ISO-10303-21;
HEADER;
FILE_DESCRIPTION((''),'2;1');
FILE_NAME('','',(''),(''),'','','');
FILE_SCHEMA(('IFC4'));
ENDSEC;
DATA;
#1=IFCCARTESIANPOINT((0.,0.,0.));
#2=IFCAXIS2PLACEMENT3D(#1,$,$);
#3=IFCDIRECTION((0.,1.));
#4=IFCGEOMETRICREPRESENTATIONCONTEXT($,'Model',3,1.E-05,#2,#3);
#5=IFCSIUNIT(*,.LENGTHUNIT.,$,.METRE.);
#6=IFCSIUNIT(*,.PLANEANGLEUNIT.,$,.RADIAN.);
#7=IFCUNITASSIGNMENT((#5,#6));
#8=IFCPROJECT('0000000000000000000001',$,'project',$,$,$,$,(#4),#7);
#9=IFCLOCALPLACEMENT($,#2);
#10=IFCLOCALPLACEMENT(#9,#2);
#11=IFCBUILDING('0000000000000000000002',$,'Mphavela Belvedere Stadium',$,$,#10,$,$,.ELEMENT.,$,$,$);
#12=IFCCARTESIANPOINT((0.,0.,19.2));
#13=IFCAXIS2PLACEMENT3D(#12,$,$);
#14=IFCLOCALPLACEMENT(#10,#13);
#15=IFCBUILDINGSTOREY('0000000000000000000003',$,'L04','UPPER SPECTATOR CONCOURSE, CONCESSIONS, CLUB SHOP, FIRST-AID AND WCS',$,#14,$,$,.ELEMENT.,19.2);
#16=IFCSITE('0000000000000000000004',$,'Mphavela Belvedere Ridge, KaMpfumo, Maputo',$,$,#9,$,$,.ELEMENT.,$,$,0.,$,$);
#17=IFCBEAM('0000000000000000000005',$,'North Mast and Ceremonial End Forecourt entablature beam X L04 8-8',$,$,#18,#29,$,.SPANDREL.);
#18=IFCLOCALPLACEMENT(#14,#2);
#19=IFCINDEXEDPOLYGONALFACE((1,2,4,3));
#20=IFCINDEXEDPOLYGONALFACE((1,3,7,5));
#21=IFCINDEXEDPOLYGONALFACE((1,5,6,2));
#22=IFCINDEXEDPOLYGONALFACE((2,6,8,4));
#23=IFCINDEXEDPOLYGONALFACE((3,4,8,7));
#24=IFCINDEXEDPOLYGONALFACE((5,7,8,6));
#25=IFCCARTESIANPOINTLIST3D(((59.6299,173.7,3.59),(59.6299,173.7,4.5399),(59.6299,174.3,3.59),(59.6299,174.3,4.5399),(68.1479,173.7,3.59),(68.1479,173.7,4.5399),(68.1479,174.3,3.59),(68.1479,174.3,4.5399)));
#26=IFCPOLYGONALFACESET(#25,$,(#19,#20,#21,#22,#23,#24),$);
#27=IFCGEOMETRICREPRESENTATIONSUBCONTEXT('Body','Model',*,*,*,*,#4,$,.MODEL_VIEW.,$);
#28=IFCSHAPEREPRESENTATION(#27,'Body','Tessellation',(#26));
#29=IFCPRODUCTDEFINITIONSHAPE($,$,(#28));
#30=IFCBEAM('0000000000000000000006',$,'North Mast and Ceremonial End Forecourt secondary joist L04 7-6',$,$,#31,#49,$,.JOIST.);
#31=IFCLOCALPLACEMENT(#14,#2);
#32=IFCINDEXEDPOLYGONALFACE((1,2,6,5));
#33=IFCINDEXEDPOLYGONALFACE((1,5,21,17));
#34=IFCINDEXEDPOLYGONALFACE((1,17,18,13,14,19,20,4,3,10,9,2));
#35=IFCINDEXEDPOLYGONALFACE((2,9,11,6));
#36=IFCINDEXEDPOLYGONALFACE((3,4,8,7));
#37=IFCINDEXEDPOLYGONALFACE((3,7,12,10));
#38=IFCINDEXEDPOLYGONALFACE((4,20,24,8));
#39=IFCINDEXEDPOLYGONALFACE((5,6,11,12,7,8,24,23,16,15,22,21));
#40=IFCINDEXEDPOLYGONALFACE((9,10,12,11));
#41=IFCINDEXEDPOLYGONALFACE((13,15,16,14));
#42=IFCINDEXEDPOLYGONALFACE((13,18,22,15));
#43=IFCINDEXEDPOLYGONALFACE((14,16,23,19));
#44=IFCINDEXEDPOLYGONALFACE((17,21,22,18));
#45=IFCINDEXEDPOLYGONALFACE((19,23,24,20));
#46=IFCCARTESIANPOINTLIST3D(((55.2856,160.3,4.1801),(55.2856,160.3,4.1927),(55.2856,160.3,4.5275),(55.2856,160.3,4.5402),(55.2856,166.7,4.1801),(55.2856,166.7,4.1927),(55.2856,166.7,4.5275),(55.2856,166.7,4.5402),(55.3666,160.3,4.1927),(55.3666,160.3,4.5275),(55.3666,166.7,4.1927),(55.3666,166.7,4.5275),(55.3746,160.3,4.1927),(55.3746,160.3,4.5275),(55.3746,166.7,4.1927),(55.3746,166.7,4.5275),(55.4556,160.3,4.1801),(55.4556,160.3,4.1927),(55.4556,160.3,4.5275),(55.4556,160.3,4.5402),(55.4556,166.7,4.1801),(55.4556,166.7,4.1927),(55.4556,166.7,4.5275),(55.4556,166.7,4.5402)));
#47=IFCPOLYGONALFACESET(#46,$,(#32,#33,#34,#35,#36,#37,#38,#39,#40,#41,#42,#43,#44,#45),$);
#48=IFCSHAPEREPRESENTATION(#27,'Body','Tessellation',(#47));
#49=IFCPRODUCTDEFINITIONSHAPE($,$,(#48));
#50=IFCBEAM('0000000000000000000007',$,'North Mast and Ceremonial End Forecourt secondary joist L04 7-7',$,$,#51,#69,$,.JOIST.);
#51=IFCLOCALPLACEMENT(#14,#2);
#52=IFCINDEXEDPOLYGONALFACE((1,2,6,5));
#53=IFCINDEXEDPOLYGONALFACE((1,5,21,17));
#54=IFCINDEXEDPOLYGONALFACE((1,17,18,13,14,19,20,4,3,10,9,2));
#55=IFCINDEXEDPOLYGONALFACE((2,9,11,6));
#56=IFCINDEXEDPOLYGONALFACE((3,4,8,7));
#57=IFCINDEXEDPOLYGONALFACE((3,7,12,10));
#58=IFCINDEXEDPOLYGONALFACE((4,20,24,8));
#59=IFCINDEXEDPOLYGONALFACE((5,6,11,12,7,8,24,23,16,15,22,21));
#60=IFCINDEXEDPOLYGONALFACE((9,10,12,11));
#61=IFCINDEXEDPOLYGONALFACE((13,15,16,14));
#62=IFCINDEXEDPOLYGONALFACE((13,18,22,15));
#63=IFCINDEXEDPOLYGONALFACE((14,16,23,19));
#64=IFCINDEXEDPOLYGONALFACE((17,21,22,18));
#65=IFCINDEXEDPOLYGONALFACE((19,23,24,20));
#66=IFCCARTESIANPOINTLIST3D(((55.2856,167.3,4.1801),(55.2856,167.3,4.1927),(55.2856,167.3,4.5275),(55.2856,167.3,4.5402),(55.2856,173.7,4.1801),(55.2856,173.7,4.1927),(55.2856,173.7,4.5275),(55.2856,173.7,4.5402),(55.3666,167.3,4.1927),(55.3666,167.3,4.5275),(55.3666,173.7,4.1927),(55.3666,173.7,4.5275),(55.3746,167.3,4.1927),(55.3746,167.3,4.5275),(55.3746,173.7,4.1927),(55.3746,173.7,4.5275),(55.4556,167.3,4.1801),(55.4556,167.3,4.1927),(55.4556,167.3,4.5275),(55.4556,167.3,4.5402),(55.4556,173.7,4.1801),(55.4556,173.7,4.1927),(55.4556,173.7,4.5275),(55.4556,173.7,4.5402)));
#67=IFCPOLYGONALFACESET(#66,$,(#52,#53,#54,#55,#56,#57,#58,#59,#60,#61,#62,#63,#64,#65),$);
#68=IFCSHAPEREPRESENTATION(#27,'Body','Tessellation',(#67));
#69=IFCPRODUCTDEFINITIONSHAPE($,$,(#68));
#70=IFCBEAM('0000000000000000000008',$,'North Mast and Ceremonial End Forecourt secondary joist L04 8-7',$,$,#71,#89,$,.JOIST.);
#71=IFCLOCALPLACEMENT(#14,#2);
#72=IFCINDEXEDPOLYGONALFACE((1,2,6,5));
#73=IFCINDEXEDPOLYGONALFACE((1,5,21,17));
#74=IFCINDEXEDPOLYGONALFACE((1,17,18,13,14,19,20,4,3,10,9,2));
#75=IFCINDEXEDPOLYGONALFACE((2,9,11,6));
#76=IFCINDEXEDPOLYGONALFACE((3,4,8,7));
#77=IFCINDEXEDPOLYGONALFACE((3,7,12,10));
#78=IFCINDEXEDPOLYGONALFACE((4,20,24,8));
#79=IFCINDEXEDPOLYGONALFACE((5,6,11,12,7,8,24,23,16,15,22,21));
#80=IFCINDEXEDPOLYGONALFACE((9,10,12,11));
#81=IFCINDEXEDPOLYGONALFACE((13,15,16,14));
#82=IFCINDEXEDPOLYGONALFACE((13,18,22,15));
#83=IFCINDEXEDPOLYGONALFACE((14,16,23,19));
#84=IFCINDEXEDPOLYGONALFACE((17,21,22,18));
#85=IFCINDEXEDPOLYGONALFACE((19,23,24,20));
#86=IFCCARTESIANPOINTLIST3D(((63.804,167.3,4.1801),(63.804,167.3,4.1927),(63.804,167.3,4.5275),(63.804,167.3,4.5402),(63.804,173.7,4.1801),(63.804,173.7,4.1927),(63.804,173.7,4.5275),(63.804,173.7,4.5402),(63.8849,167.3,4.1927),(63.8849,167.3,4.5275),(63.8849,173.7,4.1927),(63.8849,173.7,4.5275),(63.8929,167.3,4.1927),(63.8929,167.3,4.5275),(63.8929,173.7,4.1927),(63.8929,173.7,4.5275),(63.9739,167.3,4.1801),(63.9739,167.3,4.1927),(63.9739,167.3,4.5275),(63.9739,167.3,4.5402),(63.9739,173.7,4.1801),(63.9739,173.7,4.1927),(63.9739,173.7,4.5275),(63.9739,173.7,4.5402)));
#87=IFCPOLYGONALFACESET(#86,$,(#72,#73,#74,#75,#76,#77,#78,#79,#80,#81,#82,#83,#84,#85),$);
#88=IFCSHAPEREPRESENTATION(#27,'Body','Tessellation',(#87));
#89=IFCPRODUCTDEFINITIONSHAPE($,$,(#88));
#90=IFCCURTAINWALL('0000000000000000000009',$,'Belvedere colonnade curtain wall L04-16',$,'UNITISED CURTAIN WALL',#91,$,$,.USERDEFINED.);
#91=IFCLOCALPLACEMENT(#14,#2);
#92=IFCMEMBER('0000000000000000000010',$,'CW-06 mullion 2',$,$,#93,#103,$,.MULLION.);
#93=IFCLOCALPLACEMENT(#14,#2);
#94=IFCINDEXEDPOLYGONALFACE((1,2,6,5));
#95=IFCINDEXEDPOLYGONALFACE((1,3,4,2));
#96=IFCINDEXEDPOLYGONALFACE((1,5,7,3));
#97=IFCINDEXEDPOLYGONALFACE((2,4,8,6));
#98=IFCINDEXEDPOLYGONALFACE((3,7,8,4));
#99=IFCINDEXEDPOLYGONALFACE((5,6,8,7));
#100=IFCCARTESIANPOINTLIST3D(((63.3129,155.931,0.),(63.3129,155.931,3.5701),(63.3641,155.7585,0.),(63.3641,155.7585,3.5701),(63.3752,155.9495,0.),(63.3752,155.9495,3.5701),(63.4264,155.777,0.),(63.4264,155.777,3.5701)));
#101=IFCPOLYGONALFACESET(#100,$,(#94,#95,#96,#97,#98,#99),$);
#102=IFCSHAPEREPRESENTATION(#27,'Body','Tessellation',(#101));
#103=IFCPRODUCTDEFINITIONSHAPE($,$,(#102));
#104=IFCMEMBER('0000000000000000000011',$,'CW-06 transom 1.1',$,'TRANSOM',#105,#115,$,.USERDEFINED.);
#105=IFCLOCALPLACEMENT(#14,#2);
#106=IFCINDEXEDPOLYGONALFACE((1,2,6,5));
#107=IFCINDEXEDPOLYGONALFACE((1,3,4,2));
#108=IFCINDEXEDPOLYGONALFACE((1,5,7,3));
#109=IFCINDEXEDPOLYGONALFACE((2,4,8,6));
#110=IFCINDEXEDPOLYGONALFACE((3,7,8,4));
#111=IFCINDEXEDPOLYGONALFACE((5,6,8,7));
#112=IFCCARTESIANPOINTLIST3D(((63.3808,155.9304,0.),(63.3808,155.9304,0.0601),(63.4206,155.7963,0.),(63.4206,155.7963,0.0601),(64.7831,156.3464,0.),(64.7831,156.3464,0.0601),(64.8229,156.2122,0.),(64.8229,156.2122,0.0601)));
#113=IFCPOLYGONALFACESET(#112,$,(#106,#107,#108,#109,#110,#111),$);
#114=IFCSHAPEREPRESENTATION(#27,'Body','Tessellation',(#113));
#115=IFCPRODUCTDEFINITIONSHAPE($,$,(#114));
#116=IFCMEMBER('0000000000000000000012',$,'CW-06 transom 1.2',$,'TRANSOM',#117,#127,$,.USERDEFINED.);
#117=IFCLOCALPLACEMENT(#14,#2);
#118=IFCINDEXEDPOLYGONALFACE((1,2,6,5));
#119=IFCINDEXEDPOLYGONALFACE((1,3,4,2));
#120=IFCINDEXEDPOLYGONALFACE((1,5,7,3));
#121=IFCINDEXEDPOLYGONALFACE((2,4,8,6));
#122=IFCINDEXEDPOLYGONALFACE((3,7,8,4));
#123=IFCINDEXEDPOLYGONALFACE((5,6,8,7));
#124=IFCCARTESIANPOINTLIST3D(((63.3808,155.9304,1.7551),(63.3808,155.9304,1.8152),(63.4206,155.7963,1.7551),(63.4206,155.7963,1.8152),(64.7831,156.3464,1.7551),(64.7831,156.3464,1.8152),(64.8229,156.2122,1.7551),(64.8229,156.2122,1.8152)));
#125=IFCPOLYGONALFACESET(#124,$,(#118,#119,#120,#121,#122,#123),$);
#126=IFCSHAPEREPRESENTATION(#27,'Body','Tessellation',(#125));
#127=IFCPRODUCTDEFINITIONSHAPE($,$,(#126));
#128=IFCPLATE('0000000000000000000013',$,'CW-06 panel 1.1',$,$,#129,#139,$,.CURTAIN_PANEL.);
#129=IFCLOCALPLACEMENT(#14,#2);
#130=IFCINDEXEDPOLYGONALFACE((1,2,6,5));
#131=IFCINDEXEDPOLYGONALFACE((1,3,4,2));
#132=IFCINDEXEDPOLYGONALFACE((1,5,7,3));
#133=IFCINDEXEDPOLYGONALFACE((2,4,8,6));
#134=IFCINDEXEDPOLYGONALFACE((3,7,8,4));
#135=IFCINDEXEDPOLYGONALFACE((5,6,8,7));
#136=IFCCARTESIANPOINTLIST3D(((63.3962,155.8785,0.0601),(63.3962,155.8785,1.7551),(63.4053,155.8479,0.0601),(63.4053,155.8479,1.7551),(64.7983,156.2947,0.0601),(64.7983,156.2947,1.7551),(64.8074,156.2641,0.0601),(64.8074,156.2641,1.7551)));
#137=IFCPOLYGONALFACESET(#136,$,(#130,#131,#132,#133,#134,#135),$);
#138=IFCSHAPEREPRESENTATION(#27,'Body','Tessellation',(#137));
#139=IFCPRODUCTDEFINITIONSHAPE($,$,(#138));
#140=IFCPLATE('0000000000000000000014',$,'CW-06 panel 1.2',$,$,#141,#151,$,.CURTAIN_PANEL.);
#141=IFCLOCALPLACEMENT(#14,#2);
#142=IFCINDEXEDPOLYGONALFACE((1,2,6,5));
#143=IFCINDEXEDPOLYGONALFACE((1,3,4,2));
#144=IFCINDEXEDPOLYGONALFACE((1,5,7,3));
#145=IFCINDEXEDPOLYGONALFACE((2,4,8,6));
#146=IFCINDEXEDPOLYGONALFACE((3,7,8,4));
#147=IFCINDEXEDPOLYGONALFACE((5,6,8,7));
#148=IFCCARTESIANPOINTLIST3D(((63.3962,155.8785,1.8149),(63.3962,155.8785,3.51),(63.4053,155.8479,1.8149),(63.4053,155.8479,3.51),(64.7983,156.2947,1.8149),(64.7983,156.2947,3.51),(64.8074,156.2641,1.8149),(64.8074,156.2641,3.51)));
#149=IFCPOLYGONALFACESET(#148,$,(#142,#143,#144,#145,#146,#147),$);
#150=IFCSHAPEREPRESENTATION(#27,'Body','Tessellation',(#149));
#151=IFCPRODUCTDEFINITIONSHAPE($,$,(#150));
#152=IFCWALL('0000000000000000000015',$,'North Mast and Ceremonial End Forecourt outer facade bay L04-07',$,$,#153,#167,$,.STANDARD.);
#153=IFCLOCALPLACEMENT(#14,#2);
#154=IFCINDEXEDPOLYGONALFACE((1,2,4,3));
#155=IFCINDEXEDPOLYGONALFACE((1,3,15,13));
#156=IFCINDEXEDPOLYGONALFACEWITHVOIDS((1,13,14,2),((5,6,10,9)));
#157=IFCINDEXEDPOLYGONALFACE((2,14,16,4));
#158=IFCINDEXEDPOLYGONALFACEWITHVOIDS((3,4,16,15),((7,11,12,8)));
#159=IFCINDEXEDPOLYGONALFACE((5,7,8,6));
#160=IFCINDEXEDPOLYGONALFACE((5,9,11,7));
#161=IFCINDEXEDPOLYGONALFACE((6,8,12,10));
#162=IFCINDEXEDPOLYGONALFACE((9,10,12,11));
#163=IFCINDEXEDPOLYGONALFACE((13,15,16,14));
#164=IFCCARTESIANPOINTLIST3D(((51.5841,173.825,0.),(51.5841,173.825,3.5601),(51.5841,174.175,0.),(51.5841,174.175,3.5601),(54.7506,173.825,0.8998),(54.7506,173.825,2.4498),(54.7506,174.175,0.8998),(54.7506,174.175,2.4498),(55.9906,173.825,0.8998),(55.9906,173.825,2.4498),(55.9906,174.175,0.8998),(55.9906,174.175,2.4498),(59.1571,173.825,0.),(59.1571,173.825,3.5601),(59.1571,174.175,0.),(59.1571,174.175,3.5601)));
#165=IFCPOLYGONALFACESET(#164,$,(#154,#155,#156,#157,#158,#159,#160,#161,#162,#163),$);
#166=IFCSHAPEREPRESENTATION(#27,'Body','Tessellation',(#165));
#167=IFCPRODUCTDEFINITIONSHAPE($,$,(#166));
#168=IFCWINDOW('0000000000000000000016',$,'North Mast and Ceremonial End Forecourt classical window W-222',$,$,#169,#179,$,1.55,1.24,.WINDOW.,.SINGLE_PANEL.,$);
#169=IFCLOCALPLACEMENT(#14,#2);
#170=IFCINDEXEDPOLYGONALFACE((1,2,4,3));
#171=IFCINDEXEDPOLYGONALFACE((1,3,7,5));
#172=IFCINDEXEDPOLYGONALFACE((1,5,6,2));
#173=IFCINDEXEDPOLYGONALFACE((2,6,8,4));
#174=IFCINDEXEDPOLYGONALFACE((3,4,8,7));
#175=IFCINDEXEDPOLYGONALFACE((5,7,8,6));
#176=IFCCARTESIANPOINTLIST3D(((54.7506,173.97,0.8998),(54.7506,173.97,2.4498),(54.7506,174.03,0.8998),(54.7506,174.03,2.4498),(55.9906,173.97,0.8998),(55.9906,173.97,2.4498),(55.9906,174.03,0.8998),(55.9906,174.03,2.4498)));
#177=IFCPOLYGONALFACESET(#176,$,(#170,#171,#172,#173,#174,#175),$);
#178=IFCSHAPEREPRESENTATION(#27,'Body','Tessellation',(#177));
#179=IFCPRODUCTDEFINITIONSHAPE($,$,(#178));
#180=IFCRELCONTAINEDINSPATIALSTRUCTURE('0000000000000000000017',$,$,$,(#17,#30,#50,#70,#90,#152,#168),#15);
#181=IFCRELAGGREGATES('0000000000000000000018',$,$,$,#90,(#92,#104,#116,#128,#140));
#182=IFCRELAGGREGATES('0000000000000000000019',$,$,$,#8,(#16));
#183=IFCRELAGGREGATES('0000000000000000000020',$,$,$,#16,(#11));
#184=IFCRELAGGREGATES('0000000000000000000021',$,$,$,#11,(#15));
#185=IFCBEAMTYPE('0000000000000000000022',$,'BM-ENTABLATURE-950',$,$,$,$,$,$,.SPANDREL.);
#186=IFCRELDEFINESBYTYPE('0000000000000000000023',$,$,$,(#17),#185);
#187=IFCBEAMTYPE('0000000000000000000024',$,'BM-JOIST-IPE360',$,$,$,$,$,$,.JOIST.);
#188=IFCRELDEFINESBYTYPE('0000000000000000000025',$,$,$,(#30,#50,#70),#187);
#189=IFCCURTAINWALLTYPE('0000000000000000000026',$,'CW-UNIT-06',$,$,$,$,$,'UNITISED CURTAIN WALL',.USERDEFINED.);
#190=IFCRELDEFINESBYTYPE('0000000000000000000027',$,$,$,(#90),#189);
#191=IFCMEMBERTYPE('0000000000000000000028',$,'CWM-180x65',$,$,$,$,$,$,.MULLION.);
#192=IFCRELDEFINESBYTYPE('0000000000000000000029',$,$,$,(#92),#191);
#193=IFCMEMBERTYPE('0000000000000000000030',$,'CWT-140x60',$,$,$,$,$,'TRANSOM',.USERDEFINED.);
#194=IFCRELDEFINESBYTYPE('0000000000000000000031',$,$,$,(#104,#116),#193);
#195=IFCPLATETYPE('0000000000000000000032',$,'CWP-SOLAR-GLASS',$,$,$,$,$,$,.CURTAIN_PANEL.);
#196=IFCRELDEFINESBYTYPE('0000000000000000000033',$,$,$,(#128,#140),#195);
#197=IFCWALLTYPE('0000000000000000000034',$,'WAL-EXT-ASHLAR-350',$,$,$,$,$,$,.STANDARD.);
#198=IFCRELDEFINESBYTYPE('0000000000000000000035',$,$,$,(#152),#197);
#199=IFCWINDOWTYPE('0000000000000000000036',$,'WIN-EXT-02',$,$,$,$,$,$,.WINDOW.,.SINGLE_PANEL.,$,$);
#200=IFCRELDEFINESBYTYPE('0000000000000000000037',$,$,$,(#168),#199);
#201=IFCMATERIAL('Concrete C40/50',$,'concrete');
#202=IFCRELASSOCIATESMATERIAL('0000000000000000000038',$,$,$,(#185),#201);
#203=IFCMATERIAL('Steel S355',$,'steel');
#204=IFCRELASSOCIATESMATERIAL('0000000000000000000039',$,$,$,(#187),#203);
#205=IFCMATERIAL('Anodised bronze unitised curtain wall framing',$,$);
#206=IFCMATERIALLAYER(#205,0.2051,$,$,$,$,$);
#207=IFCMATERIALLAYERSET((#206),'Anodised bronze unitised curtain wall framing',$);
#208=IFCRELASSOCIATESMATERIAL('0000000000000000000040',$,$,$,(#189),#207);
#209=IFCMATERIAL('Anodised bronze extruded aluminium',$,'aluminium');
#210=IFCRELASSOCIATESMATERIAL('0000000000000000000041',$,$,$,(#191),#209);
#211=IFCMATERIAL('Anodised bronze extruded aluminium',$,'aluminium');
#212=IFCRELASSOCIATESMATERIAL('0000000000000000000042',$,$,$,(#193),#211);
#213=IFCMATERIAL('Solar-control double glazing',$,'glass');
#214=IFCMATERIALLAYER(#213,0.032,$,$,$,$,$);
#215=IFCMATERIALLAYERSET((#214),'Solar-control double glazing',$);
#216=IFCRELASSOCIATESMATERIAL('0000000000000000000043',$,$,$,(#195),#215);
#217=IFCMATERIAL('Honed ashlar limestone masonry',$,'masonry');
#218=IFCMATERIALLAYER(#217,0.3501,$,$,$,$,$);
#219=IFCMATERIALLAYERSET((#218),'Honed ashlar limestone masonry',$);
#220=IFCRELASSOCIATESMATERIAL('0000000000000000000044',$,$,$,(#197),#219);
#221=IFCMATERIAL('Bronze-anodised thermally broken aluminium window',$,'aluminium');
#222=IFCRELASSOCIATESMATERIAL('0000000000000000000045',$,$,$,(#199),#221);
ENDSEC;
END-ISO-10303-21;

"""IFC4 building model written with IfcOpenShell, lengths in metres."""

from ifc_helpers import new_model, si_unit, direction, frame, frame_2d, origin, origin_2d, place, context, subcontext, project, spatial, rectangle, i_section, extrude, material, layer, layer_set, material_profile, profile_set, type_object, element, fill, aggregate, save


model = new_model("IFC4")

# Units and contexts
model_context = context("Model", 3, precision=1e-05, world=origin(), true_north=direction((0.0, 1.0)))
body_context = subcontext(model_context, "Body", "Model", "MODEL_VIEW")
ifc_project = project(units=[si_unit("LENGTHUNIT", "METRE"), si_unit("PLANEANGLEUNIT", "RADIAN")], contexts=[model_context])

# Site, building, storey
site_placement = place(None, origin())
site = spatial("IfcSite", under=ifc_project, at=site_placement, Name="Mphavela Belvedere Ridge, KaMpfumo, Maputo", CompositionType="ELEMENT", RefElevation=0.0)
building_placement = place(site_placement, origin())
building = spatial("IfcBuilding", under=site, at=building_placement, Name="Mphavela Belvedere Stadium", CompositionType="ELEMENT")
storey_placement = place(building_placement, frame((0.0, 0.0, 19.2)))
storey = spatial("IfcBuildingStorey", under=building, at=storey_placement, Name="L04", Description="UPPER SPECTATOR CONCOURSE, CONCESSIONS, CLUB SHOP, FIRST-AID AND WCS", CompositionType="ELEMENT", Elevation=19.2)

# Beams
ifc_material_1 = material(Name="Concrete C40/50", Category="concrete")
ifc_material_profile_1 = material_profile(ifc_material_1, rectangle(XDim=0.6001, YDim=0.95, at=origin_2d()), Name="RC 600x950")
ifc_profile_set_1 = profile_set([ifc_material_profile_1], Name="Concrete C40/50")
beam_type_1 = type_object("IfcBeamType", Name="BM-ENTABLATURE-950", PredefinedType="SPANDREL", material=ifc_profile_set_1)
beam_1_placement = place(storey_placement, frame((59.6299, 174.0, 4.0649), z_axis=(1.0, 0.0, 0.0), x_axis=(0.0, 1.0, 0.0)))
element("IfcBeam", 1, at=beam_1_placement, inside=storey, type_object=beam_type_1, Name="North Mast and Ceremonial End Forecourt entablature beam X L04 8-8", PredefinedType="SPANDREL", context=body_context, shape_type="SweptSolid", body=[
    extrude(rectangle(XDim=0.6001, YDim=0.95, at=origin_2d()), origin(), (0.0, 0.0, 1.0), 8.5181),
])
ifc_material_2 = material(Name="Steel S355", Category="steel")
ifc_material_profile_2 = material_profile(ifc_material_2, i_section(OverallWidth=0.1699, OverallDepth=0.3601, WebThickness=0.0081, FlangeThickness=0.0127, at=origin_2d()), Name="IPE 360")
ifc_profile_set_2 = profile_set([ifc_material_profile_2], Name="Steel S355")
beam_type_2 = type_object("IfcBeamType", Name="BM-JOIST-IPE360", PredefinedType="JOIST", material=ifc_profile_set_2)
for number, where, z_axis, x_axis, name in (
    (2, (55.3706, 160.3, 4.3601), (0.0, 1.0, 0.0), (-1.0, 0.0, 0.0), "North Mast and Ceremonial End Forecourt secondary joist L04 7-6"),
    (3, (55.3706, 167.3, 4.3601), (0.0, 1.0, 0.0), (-1.0, 0.0, 0.0), "North Mast and Ceremonial End Forecourt secondary joist L04 7-7"),
    (4, (63.8889, 167.3, 4.3601), (0.0, 1.0, 0.0), (-1.0, 0.0, 0.0), "North Mast and Ceremonial End Forecourt secondary joist L04 8-7"),
):
    element("IfcBeam", number, at=place(storey_placement, frame(where, z_axis=z_axis, x_axis=x_axis)), inside=storey, type_object=beam_type_2, Name=name, PredefinedType="JOIST", context=body_context, shape_type="SweptSolid", body=[
        extrude(i_section(OverallWidth=0.1699, OverallDepth=0.3601, WebThickness=0.0081, FlangeThickness=0.0127, at=origin_2d()), origin(), (0.0, 0.0, 1.0), 6.3999),
    ])

# Curtain wall, members, plates
ifc_material_3 = material(Name="Anodised bronze unitised curtain wall framing")
ifc_layer_1 = layer(ifc_material_3, 0.2051)
ifc_layer_set_1 = layer_set([ifc_layer_1], Name="Anodised bronze unitised curtain wall framing")
curtain_wall_type = type_object("IfcCurtainWallType", Name="CW-UNIT-06", ElementType="UNITISED CURTAIN WALL", PredefinedType="USERDEFINED", material=ifc_layer_set_1)
curtain_wall_placement = place(storey_placement, origin())
curtain_wall = element("IfcCurtainWall", 5, at=curtain_wall_placement, inside=storey, type_object=curtain_wall_type, Name="Belvedere colonnade curtain wall L04-16", ObjectType="UNITISED CURTAIN WALL", PredefinedType="USERDEFINED")
ifc_material_4 = material(Name="Anodised bronze extruded aluminium", Category="aluminium")
ifc_material_profile_3 = material_profile(ifc_material_4, rectangle(XDim=0.1799, YDim=0.0649, at=origin_2d()), Name="CW-MUL 180x65")
ifc_profile_set_3 = profile_set([ifc_material_profile_3], Name="Anodised bronze extruded aluminium")
member_type_1 = type_object("IfcMemberType", Name="CWM-180x65", PredefinedType="MULLION", material=ifc_profile_set_3)
member_1_placement = place(storey_placement, frame((63.3696, 155.854, 0.0), z_axis=(0.0, 0.0, 1.0), x_axis=(0.284561, -0.958658, 0.0)))
member_1 = element("IfcMember", 6, at=member_1_placement, type_object=member_type_1, Name="CW-06 mullion 2", PredefinedType="MULLION", context=body_context, shape_type="SweptSolid", body=[
    extrude(rectangle(XDim=0.1799, YDim=0.0649, at=origin_2d()), origin(), (0.0, 0.0, 1.0), 3.5701),
])
ifc_material_5 = material(Name="Anodised bronze extruded aluminium", Category="aluminium")
ifc_material_profile_4 = material_profile(ifc_material_5, rectangle(XDim=0.1399, YDim=0.0601, at=origin_2d()), Name="CW-TRN 140x60")
ifc_profile_set_4 = profile_set([ifc_material_profile_4], Name="Anodised bronze extruded aluminium")
member_type_2 = type_object("IfcMemberType", Name="CWT-140x60", ElementType="TRANSOM", PredefinedType="USERDEFINED", material=ifc_profile_set_4)
member_2_placement = place(storey_placement, frame((64.803, 156.2793, 0.03), z_axis=(-0.958704, -0.284407, 0.0), x_axis=(0.284407, -0.958704, 0.0)))
member_2 = element("IfcMember", 7, at=member_2_placement, type_object=member_type_2, Name="CW-06 transom 1.1", ObjectType="TRANSOM", PredefinedType="USERDEFINED", context=body_context, shape_type="SweptSolid", body=[
    extrude(rectangle(XDim=0.1399, YDim=0.0601, at=origin_2d()), origin(), (0.0, 0.0, 1.0), 1.4626),
])
member_3_placement = place(storey_placement, frame((64.803, 156.2793, 1.7852), z_axis=(-0.958704, -0.284407, 0.0), x_axis=(0.284407, -0.958704, 0.0)))
member_3 = element("IfcMember", 8, at=member_3_placement, type_object=member_type_2, Name="CW-06 transom 1.2", ObjectType="TRANSOM", PredefinedType="USERDEFINED", context=body_context, shape_type="SweptSolid", body=[
    extrude(rectangle(XDim=0.1399, YDim=0.0601, at=origin_2d()), origin(), (0.0, 0.0, 1.0), 1.4626),
])
ifc_material_6 = material(Name="Solar-control double glazing", Category="glass")
ifc_layer_2 = layer(ifc_material_6, 0.032)
ifc_layer_set_2 = layer_set([ifc_layer_2], Name="Solar-control double glazing")
plate_type = type_object("IfcPlateType", Name="CWP-SOLAR-GLASS", PredefinedType="CURTAIN_PANEL", material=ifc_layer_set_2)
plate_1_placement = place(storey_placement, frame((64.1018, 156.0713, 0.0601), z_axis=(0.0, 0.0, 1.0), x_axis=(-0.958658, -0.284561, 0.0)))
plate_1 = element("IfcPlate", 9, at=plate_1_placement, type_object=plate_type, Name="CW-06 panel 1.1", PredefinedType="CURTAIN_PANEL", context=body_context, shape_type="SweptSolid", body=[
    extrude(rectangle(XDim=1.4626, YDim=0.032, at=origin_2d()), origin(), (0.0, 0.0, 1.0), 1.6951),
])
plate_2_placement = place(storey_placement, frame((64.1018, 156.0713, 1.8149), z_axis=(0.0, 0.0, 1.0), x_axis=(-0.958658, -0.284561, 0.0)))
plate_2 = element("IfcPlate", 10, at=plate_2_placement, type_object=plate_type, Name="CW-06 panel 1.2", PredefinedType="CURTAIN_PANEL", context=body_context, shape_type="SweptSolid", body=[
    extrude(rectangle(XDim=1.4626, YDim=0.032, at=origin_2d()), origin(), (0.0, 0.0, 1.0), 1.6951),
])
aggregate(curtain_wall, [member_1, member_2, member_3, plate_1, plate_2])

# Wall, opening, window
ifc_material_7 = material(Name="Honed ashlar limestone masonry", Category="masonry")
ifc_layer_3 = layer(ifc_material_7, 0.3501)
ifc_layer_set_3 = layer_set([ifc_layer_3], Name="Honed ashlar limestone masonry")
wall_type_1 = type_object("IfcWallType", Name="WAL-EXT-ASHLAR-350", PredefinedType="STANDARD", material=ifc_layer_set_3)
wall_1_placement = place(storey_placement, frame((51.584, 174.0, 0.0), z_axis=(0.0, 0.0, 1.0), x_axis=(1.0, 0.0, 0.0)))
wall_1 = element("IfcWall", 11, at=wall_1_placement, inside=storey, type_object=wall_type_1, Name="North Mast and Ceremonial End Forecourt outer facade bay L04-07", PredefinedType="STANDARD", context=body_context, shape_type="SweptSolid", body=[
    extrude(rectangle(XDim=7.573, YDim=0.3501, at=frame_2d((3.7866, 0.0))), origin(), (0.0, 0.0, 1.0), 3.5601),
])
opening_1_placement = place(wall_1_placement, frame((3.1665, 0.0, 0.8999)))
opening_1 = element("IfcOpeningElement", 12, at=opening_1_placement, cuts=wall_1, PredefinedType="OPENING", context=body_context, shape_type="SweptSolid", body=[
    extrude(rectangle(XDim=1.24, YDim=1.55, at=frame_2d((0.6201, 0.7749))), frame((0.0, 0.1851, 0.0), z_axis=(0.0, -1.0, 0.0), x_axis=(1.0, 0.0, 0.0)), (0.0, 0.0, 1.0), 0.3701),
])
ifc_material_8 = material(Name="Bronze-anodised thermally broken aluminium window", Category="aluminium")
window_type_1 = type_object("IfcWindowType", Name="WIN-EXT-02", PartitioningType="SINGLE_PANEL", PredefinedType="WINDOW", material=ifc_material_8)
window_1_placement = place(opening_1_placement, origin())
window_1 = element("IfcWindow", 13, at=window_1_placement, inside=storey, type_object=window_type_1, Name="North Mast and Ceremonial End Forecourt classical window W-222", OverallHeight=1.55, OverallWidth=1.24, PartitioningType="SINGLE_PANEL", PredefinedType="WINDOW", context=body_context, shape_type="SweptSolid", body=[
    extrude(rectangle(XDim=1.24, YDim=1.55, at=frame_2d((0.6201, 0.7749))), frame((0.0, 0.03, 0.0), z_axis=(0.0, -1.0, 0.0), x_axis=(1.0, 0.0, 0.0)), (0.0, 0.0, 1.0), 0.0601),
])
fill(opening_1, window_1)

save(model, "model.ifc")
